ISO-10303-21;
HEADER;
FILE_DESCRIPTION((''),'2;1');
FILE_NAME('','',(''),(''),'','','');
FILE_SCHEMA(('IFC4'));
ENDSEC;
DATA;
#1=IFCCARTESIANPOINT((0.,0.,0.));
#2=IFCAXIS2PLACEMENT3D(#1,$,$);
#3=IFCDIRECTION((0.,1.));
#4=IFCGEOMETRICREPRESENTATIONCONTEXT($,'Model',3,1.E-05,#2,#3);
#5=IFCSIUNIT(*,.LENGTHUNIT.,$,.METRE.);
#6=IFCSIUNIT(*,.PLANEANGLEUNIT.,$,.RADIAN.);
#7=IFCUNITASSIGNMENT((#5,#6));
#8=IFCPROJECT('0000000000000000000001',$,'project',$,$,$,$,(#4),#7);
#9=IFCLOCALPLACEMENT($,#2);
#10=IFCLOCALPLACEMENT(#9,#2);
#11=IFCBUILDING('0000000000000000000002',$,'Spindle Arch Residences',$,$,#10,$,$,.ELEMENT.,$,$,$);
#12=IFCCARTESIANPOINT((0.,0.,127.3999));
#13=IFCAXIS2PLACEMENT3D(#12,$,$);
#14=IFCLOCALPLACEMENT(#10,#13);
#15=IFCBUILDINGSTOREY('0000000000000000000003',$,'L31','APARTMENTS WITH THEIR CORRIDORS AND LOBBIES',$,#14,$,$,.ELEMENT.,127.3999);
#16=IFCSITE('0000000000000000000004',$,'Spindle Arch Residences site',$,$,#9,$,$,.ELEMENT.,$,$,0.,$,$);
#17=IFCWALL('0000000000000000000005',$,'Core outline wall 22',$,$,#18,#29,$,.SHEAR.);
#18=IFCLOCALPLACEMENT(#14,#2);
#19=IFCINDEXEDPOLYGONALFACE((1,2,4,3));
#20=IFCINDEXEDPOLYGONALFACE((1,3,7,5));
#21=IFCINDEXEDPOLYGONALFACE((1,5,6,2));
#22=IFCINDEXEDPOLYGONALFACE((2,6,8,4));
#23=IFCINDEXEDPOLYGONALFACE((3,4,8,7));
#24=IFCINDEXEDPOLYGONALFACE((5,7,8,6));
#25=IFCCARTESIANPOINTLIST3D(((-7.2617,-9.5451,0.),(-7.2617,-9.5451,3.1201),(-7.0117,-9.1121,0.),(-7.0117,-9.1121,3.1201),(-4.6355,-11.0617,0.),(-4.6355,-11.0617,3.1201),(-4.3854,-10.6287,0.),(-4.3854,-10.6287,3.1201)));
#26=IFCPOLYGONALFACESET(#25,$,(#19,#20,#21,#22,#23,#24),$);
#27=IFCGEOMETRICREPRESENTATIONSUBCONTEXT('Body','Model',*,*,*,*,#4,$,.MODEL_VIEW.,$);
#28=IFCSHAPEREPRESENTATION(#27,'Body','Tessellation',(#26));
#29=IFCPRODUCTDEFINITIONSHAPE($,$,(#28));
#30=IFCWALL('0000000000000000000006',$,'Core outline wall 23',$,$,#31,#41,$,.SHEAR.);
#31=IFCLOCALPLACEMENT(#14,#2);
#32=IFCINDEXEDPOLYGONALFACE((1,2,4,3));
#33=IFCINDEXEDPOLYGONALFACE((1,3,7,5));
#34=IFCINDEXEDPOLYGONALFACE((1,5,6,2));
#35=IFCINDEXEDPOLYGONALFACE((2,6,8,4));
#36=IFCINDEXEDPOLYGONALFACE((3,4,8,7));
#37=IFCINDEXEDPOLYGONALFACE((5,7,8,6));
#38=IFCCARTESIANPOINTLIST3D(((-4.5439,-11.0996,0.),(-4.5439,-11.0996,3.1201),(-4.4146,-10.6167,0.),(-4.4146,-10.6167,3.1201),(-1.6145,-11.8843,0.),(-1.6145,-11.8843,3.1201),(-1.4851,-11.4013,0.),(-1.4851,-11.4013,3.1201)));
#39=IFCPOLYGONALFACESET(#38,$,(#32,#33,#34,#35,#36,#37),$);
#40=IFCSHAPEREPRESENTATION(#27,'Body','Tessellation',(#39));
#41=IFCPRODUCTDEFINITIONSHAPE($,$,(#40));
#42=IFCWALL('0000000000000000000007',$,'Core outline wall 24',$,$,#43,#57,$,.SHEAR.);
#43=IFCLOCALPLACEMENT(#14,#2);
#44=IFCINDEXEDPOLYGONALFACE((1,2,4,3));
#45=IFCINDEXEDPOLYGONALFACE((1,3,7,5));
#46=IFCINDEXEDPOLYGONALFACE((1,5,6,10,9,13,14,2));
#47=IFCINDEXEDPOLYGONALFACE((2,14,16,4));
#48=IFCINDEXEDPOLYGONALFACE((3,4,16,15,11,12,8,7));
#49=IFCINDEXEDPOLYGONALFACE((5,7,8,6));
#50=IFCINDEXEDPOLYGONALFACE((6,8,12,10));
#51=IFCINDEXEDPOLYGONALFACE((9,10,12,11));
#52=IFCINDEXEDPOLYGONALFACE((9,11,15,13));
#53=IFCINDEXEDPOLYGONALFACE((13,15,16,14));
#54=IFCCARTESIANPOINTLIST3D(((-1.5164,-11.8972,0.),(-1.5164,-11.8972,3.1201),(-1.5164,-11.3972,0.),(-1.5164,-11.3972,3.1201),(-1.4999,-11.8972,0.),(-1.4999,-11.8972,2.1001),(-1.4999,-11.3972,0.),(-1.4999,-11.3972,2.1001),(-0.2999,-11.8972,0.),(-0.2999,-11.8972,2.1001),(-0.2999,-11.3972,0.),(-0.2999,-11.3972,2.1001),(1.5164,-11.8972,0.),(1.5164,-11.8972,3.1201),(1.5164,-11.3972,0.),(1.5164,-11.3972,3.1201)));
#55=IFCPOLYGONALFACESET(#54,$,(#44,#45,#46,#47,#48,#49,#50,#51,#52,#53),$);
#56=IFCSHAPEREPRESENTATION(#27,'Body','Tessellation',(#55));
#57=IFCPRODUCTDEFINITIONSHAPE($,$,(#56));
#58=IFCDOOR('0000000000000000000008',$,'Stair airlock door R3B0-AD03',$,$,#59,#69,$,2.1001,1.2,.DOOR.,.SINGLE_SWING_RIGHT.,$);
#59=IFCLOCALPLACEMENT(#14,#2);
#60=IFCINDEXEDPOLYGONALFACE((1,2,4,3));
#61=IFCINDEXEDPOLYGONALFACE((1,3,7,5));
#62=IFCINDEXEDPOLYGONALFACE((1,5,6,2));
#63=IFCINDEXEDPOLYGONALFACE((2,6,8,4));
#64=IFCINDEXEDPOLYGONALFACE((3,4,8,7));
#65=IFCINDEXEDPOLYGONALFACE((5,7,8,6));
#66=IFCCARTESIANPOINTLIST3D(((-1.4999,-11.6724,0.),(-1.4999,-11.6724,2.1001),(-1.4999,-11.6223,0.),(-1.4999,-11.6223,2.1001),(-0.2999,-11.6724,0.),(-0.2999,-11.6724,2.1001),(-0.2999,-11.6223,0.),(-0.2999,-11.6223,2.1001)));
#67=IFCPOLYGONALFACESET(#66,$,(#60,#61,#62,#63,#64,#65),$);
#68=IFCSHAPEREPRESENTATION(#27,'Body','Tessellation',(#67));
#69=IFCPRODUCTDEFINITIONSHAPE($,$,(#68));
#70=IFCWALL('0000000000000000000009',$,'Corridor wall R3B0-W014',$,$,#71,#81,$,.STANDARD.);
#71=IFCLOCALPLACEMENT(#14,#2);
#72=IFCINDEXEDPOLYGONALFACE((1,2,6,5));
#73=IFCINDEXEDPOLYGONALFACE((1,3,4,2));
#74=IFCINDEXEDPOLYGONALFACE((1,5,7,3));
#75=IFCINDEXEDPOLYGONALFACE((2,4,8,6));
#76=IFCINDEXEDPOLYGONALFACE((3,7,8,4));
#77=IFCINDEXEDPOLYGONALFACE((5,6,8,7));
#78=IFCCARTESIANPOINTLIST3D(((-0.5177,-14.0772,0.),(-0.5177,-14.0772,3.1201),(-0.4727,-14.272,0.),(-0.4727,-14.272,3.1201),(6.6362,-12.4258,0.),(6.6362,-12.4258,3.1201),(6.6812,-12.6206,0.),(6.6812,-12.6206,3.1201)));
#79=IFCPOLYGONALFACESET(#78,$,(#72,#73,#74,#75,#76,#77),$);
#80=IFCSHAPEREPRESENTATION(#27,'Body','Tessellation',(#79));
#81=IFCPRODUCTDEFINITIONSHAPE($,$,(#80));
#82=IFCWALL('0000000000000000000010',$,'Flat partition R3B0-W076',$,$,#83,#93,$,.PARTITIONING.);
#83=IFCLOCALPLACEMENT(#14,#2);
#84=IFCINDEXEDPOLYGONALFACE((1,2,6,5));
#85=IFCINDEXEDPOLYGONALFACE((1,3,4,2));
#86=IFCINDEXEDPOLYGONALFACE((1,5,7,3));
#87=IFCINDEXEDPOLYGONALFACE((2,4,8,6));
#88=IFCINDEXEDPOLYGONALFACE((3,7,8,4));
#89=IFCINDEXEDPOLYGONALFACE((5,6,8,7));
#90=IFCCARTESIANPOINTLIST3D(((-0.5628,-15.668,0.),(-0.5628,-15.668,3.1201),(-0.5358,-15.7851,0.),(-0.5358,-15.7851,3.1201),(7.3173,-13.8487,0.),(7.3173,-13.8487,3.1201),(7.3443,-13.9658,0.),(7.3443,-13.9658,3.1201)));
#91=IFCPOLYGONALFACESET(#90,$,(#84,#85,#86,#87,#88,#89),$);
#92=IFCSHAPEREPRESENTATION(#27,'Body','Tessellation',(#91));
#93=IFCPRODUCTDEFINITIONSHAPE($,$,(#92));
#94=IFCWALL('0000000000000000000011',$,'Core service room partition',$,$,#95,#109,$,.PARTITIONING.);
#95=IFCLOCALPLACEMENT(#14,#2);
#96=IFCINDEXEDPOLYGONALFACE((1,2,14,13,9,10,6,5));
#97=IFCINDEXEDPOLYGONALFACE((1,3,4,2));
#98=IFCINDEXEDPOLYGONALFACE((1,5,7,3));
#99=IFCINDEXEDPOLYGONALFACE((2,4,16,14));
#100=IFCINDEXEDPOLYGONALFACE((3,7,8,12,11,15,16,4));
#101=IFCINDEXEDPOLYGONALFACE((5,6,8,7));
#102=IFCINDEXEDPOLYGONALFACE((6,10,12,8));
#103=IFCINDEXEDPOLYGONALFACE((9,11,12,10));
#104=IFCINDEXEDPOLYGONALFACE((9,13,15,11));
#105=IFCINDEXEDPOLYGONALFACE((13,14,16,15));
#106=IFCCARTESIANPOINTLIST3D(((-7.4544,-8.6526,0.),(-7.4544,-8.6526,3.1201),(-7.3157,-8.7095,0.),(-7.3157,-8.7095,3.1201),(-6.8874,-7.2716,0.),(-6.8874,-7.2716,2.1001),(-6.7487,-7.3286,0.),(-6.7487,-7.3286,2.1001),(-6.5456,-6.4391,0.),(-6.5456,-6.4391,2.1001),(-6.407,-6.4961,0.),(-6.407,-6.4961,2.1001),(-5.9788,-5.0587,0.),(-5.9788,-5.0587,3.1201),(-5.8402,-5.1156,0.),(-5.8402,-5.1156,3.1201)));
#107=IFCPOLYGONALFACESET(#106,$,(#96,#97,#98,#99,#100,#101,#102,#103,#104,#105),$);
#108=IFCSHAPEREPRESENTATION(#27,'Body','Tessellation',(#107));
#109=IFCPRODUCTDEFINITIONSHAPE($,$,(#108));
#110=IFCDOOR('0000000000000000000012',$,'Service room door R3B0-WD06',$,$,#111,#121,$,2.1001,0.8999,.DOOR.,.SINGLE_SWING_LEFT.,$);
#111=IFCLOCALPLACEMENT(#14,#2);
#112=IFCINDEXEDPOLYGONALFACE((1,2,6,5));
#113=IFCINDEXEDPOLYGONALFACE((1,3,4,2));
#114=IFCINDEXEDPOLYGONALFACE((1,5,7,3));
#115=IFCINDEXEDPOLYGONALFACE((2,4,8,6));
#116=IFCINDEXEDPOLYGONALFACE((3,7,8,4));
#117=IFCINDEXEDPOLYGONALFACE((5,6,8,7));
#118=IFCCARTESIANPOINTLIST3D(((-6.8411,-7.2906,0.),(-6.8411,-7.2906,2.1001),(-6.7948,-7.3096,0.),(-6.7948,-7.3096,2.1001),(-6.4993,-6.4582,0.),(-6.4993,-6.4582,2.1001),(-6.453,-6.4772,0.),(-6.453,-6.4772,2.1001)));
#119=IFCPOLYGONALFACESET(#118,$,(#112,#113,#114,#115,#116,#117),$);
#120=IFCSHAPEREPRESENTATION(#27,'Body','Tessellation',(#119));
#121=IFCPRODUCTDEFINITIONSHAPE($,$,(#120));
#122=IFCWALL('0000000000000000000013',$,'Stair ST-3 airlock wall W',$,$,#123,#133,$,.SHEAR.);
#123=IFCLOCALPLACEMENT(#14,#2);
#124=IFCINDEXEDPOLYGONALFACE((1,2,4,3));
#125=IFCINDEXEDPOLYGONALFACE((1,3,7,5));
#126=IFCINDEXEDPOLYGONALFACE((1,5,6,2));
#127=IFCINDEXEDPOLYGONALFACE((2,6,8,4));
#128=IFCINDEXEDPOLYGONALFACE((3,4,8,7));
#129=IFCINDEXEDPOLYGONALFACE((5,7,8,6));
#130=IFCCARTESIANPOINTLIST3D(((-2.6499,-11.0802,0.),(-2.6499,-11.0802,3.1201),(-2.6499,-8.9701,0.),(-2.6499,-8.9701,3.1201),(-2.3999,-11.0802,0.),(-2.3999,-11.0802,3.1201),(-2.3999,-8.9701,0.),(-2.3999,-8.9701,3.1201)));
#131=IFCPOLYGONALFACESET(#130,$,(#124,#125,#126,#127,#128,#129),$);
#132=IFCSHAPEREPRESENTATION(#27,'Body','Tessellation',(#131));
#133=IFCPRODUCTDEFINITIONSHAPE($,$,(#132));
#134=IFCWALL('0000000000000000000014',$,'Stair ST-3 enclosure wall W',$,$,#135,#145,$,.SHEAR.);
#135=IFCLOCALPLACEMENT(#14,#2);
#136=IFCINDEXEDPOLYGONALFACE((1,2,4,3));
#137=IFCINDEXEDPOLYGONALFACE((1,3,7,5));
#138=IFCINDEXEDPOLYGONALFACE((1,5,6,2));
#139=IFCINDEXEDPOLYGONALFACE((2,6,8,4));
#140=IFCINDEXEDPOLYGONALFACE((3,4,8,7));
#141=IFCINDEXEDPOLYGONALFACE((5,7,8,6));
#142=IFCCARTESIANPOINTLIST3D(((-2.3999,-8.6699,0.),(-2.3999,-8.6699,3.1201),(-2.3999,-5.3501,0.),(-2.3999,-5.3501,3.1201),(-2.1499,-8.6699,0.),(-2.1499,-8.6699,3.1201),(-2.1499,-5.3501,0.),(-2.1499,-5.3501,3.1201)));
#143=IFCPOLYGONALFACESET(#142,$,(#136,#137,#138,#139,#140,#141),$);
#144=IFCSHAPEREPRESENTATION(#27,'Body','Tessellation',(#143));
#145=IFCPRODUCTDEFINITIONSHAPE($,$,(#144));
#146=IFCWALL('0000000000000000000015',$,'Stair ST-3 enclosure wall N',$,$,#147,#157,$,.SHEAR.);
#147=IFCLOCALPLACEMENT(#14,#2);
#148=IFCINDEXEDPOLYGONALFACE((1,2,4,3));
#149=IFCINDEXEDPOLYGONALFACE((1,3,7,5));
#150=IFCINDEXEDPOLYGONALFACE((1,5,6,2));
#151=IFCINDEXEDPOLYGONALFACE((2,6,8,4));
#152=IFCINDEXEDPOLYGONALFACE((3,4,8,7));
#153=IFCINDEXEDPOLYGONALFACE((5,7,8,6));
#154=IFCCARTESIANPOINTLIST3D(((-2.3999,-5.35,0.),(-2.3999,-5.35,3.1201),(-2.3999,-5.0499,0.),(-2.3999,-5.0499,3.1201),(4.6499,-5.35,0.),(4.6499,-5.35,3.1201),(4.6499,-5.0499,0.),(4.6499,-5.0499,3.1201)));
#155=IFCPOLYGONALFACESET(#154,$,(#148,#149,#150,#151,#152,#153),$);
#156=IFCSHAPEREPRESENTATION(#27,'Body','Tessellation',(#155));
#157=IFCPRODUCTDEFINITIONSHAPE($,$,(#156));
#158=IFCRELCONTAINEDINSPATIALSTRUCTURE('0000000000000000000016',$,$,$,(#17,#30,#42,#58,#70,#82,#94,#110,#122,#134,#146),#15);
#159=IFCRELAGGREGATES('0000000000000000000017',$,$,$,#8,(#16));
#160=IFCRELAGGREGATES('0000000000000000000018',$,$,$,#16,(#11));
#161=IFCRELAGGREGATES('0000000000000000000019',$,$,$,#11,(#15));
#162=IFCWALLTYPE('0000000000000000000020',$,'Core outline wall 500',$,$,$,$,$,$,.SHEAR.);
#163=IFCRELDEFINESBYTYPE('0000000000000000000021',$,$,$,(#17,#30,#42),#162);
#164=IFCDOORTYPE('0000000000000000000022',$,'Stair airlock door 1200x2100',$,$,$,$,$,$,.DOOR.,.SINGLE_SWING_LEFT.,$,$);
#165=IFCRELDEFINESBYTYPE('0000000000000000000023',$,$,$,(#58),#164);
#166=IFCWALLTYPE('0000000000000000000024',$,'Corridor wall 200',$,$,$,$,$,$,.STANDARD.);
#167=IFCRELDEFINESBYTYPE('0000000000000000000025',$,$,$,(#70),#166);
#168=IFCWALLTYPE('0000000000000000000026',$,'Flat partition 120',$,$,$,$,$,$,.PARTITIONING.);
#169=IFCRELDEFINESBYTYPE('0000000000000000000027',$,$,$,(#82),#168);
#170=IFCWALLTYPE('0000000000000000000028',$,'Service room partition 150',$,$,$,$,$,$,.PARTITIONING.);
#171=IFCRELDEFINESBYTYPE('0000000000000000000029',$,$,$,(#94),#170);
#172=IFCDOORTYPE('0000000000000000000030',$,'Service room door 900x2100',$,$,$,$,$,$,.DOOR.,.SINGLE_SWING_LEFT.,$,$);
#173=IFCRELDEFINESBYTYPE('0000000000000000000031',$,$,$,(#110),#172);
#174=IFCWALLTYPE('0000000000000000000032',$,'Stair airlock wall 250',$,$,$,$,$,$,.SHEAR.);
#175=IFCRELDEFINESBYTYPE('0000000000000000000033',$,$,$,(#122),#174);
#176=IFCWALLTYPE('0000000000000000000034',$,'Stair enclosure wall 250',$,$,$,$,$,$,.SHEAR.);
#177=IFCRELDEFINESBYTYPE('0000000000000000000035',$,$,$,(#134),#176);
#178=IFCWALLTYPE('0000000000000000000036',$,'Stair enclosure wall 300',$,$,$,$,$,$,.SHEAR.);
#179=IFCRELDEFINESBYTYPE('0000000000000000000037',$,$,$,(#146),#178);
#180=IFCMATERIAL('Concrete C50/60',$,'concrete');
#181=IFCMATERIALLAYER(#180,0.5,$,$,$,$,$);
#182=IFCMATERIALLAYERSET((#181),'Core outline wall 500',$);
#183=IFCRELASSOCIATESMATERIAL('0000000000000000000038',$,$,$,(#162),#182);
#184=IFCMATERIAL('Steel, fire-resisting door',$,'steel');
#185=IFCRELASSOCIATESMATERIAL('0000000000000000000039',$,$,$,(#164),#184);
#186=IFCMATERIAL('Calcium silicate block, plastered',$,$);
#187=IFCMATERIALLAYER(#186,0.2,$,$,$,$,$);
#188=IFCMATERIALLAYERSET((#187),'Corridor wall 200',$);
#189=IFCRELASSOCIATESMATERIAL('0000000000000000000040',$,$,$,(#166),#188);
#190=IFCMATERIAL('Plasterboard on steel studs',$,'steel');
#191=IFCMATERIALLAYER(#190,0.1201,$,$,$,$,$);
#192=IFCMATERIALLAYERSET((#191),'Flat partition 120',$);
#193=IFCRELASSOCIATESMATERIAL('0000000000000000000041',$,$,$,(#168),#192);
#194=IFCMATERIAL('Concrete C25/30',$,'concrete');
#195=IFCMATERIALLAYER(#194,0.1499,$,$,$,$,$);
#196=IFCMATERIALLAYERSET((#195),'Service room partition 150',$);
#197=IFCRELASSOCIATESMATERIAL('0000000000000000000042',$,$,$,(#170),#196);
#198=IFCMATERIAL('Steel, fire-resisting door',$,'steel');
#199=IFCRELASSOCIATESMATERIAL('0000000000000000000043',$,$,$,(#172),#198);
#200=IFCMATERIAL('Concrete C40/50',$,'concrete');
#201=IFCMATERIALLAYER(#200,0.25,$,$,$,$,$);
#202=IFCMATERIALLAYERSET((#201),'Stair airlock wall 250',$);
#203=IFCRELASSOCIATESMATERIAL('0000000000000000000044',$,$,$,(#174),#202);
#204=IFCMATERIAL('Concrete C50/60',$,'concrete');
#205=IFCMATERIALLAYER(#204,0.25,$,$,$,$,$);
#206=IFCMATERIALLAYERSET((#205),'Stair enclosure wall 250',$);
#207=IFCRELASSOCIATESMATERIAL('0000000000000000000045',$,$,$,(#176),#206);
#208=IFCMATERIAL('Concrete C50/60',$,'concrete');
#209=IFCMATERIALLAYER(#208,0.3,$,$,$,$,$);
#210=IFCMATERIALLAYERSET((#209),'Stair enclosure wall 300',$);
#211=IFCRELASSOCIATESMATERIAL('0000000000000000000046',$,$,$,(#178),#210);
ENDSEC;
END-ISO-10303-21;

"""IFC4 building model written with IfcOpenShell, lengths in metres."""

from ifc_helpers import new_model, si_unit, direction, frame, frame_2d, origin, place, context, subcontext, project, spatial, rectangle, extrude, material, layer, layer_set, type_object, element, fill, save


model = new_model("IFC4")

# Units and contexts
model_context = context("Model", 3, precision=1e-05, world=origin(), true_north=direction((0.0, 1.0)))
body_context = subcontext(model_context, "Body", "Model", "MODEL_VIEW")
ifc_project = project(units=[si_unit("LENGTHUNIT", "METRE"), si_unit("PLANEANGLEUNIT", "RADIAN")], contexts=[model_context])

# Site, building, storey
site_placement = place(None, origin())
site = spatial("IfcSite", under=ifc_project, at=site_placement, Name="Spindle Arch Residences site", CompositionType="ELEMENT", RefElevation=0.0)
building_placement = place(site_placement, origin())
building = spatial("IfcBuilding", under=site, at=building_placement, Name="Spindle Arch Residences", CompositionType="ELEMENT")
storey_placement = place(building_placement, frame((0.0, 0.0, 127.3999)))
storey = spatial("IfcBuildingStorey", under=building, at=storey_placement, Name="L31", Description="APARTMENTS WITH THEIR CORRIDORS AND LOBBIES", CompositionType="ELEMENT", Elevation=127.3999)

# Walls
ifc_material_1 = material(Name="Concrete C50/60", Category="concrete")
ifc_layer_1 = layer(ifc_material_1, 0.5)
ifc_layer_set_1 = layer_set([ifc_layer_1], Name="Core outline wall 500")
wall_type_1 = type_object("IfcWallType", Name="Core outline wall 500", PredefinedType="SHEAR", material=ifc_layer_set_1)
for number, where, z_axis, x_axis, name in (
    (1, (-7.1367, -9.3286, 0.0), (0.0, 0.0, 1.0), (0.865975, -0.500087, 0.0), "Core outline wall 22"),
    (2, (-4.4792, -10.8582, 0.0), (0.0, 0.0, 1.0), (0.965948, -0.258735, 0.0), "Core outline wall 23"),
):
    element("IfcWall", number, at=place(storey_placement, frame(where, z_axis=z_axis, x_axis=x_axis)), inside=storey, type_object=wall_type_1, Name=name, PredefinedType="SHEAR", context=body_context, shape_type="SweptSolid", body=[
        extrude(rectangle(XDim=3.0327, YDim=0.5, at=frame_2d((1.5164, 0.0))), origin(), (0.0, 0.0, 1.0), 3.1201),
    ])

# Wall, opening, door
wall_1_placement = place(storey_placement, frame((-1.5164, -11.6472, 0.0), z_axis=(0.0, 0.0, 1.0), x_axis=(1.0, 0.0, 0.0)))
wall_1 = element("IfcWall", 3, at=wall_1_placement, inside=storey, type_object=wall_type_1, Name="Core outline wall 24", PredefinedType="SHEAR", context=body_context, shape_type="SweptSolid", body=[
    extrude(rectangle(XDim=3.0327, YDim=0.5, at=frame_2d((1.5164, 0.0))), origin(), (0.0, 0.0, 1.0), 3.1201),
])
opening_1_placement = place(wall_1_placement, frame((0.0164, 0.0, 0.0)))
opening_1 = element("IfcOpeningElement", 4, at=opening_1_placement, cuts=wall_1, PredefinedType="OPENING", context=body_context, shape_type="SweptSolid", body=[
    extrude(rectangle(XDim=1.2, YDim=2.1001, at=frame_2d((0.6001, 1.05))), frame((0.0, 0.26, 0.0), z_axis=(0.0, -1.0, 0.0), x_axis=(1.0, 0.0, 0.0)), (0.0, 0.0, 1.0), 0.52),
])
ifc_material_2 = material(Name="Steel, fire-resisting door", Category="steel")
door_type_1 = type_object("IfcDoorType", Name="Stair airlock door 1200x2100", OperationType="SINGLE_SWING_LEFT", PredefinedType="DOOR", material=ifc_material_2)
door_1_placement = place(opening_1_placement, origin())
door_1 = element("IfcDoor", 5, at=door_1_placement, inside=storey, type_object=door_type_1, Name="Stair airlock door R3B0-AD03", OperationType="SINGLE_SWING_RIGHT", OverallHeight=2.1001, OverallWidth=1.2, PredefinedType="DOOR", context=body_context, shape_type="SweptSolid", body=[
    extrude(rectangle(XDim=1.2, YDim=2.1001, at=frame_2d((0.6001, 1.05))), frame((0.0, 0.0249, 0.0), z_axis=(0.0, -1.0, 0.0), x_axis=(1.0, 0.0, 0.0)), (0.0, 0.0, 1.0), 0.05),
])
fill(opening_1, door_1)

# Walls
ifc_material_3 = material(Name="Calcium silicate block, plastered")
ifc_layer_2 = layer(ifc_material_3, 0.2)
ifc_layer_set_2 = layer_set([ifc_layer_2], Name="Corridor wall 200")
wall_type_2 = type_object("IfcWallType", Name="Corridor wall 200", PredefinedType="STANDARD", material=ifc_layer_set_2)
wall_2_placement = place(storey_placement, frame((-0.4951, -14.1746, 0.0), z_axis=(0.0, 0.0, 1.0), x_axis=(0.974377, 0.224923, 0.0)))
element("IfcWall", 6, at=wall_2_placement, inside=storey, type_object=wall_type_2, Name="Corridor wall R3B0-W014", PredefinedType="STANDARD", context=body_context, shape_type="SweptSolid", body=[
    extrude(rectangle(XDim=7.342, YDim=0.2, at=frame_2d((3.6709, 0.0))), origin(), (0.0, 0.0, 1.0), 3.1201),
])
ifc_material_4 = material(Name="Plasterboard on steel studs", Category="steel")
ifc_layer_3 = layer(ifc_material_4, 0.1201)
ifc_layer_set_3 = layer_set([ifc_layer_3], Name="Flat partition 120")
wall_type_3 = type_object("IfcWallType", Name="Flat partition 120", PredefinedType="PARTITIONING", material=ifc_layer_set_3)
wall_3_placement = place(storey_placement, frame((-0.5493, -15.7266, 0.0), z_axis=(0.0, 0.0, 1.0), x_axis=(0.974368, 0.224959, 0.0)))
element("IfcWall", 7, at=wall_3_placement, inside=storey, type_object=wall_type_3, Name="Flat partition R3B0-W076", PredefinedType="PARTITIONING", context=body_context, shape_type="SweptSolid", body=[
    extrude(rectangle(XDim=8.0874, YDim=0.1201, at=frame_2d((4.0437, 0.0))), origin(), (0.0, 0.0, 1.0), 3.1201),
])

# Wall, opening, door
ifc_material_5 = material(Name="Concrete C25/30", Category="concrete")
ifc_layer_4 = layer(ifc_material_5, 0.1499)
ifc_layer_set_4 = layer_set([ifc_layer_4], Name="Service room partition 150")
wall_type_4 = type_object("IfcWallType", Name="Service room partition 150", PredefinedType="PARTITIONING", material=ifc_layer_set_4)
wall_4_placement = place(storey_placement, frame((-7.385, -8.6809, 0.0), z_axis=(0.0, 0.0, 1.0), x_axis=(0.379805, 0.925067, 0.0)))
wall_4 = element("IfcWall", 8, at=wall_4_placement, inside=storey, type_object=wall_type_4, Name="Core service room partition", PredefinedType="PARTITIONING", context=body_context, shape_type="SweptSolid", body=[
    extrude(rectangle(XDim=3.885, YDim=0.1499, at=frame_2d((1.9424, 0.0))), origin(), (0.0, 0.0, 1.0), 3.1201),
])
opening_2_placement = place(wall_4_placement, frame((1.4927, 0.0, 0.0)))
opening_2 = element("IfcOpeningElement", 9, at=opening_2_placement, cuts=wall_4, PredefinedType="OPENING", context=body_context, shape_type="SweptSolid", body=[
    extrude(rectangle(XDim=0.8999, YDim=2.1001, at=frame_2d((0.45, 1.05))), frame((0.0, 0.085, 0.0), z_axis=(0.0, -1.0, 0.0), x_axis=(1.0, 0.0, 0.0)), (0.0, 0.0, 1.0), 0.1699),
])
ifc_material_6 = material(Name="Steel, fire-resisting door", Category="steel")
door_type_2 = type_object("IfcDoorType", Name="Service room door 900x2100", OperationType="SINGLE_SWING_LEFT", PredefinedType="DOOR", material=ifc_material_6)
door_2_placement = place(opening_2_placement, origin())
door_2 = element("IfcDoor", 10, at=door_2_placement, inside=storey, type_object=door_type_2, Name="Service room door R3B0-WD06", OperationType="SINGLE_SWING_LEFT", OverallHeight=2.1001, OverallWidth=0.8999, PredefinedType="DOOR", context=body_context, shape_type="SweptSolid", body=[
    extrude(rectangle(XDim=0.8999, YDim=2.1001, at=frame_2d((0.45, 1.05))), frame((0.0, 0.0249, 0.0), z_axis=(0.0, -1.0, 0.0), x_axis=(1.0, 0.0, 0.0)), (0.0, 0.0, 1.0), 0.05),
])
fill(opening_2, door_2)

# Walls
ifc_material_7 = material(Name="Concrete C40/50", Category="concrete")
ifc_layer_5 = layer(ifc_material_7, 0.25)
ifc_layer_set_5 = layer_set([ifc_layer_5], Name="Stair airlock wall 250")
wall_type_5 = type_object("IfcWallType", Name="Stair airlock wall 250", PredefinedType="SHEAR", material=ifc_layer_set_5)
wall_5_placement = place(storey_placement, frame((-2.5249, -8.97, 0.0), z_axis=(0.0, 0.0, 1.0), x_axis=(0.0, -1.0, 0.0)))
element("IfcWall", 11, at=wall_5_placement, inside=storey, type_object=wall_type_5, Name="Stair ST-3 airlock wall W", PredefinedType="SHEAR", context=body_context, shape_type="SweptSolid", body=[
    extrude(rectangle(XDim=2.1101, YDim=0.25, at=frame_2d((1.0552, 0.0))), origin(), (0.0, 0.0, 1.0), 3.1201),
])
ifc_material_8 = material(Name="Concrete C50/60", Category="concrete")
ifc_layer_6 = layer(ifc_material_8, 0.25)
ifc_layer_set_6 = layer_set([ifc_layer_6], Name="Stair enclosure wall 250")
wall_type_6 = type_object("IfcWallType", Name="Stair enclosure wall 250", PredefinedType="SHEAR", material=ifc_layer_set_6)
wall_6_placement = place(storey_placement, frame((-2.2749, -8.6699, 0.0), z_axis=(0.0, 0.0, 1.0), x_axis=(0.0, 1.0, 0.0)))
element("IfcWall", 12, at=wall_6_placement, inside=storey, type_object=wall_type_6, Name="Stair ST-3 enclosure wall W", PredefinedType="SHEAR", context=body_context, shape_type="SweptSolid", body=[
    extrude(rectangle(XDim=3.3198, YDim=0.25, at=frame_2d((1.6599, 0.0))), origin(), (0.0, 0.0, 1.0), 3.1201),
])
ifc_material_9 = material(Name="Concrete C50/60", Category="concrete")
ifc_layer_7 = layer(ifc_material_9, 0.3)
ifc_layer_set_7 = layer_set([ifc_layer_7], Name="Stair enclosure wall 300")
wall_type_7 = type_object("IfcWallType", Name="Stair enclosure wall 300", PredefinedType="SHEAR", material=ifc_layer_set_7)
wall_7_placement = place(storey_placement, frame((-2.3999, -5.2, 0.0), z_axis=(0.0, 0.0, 1.0), x_axis=(1.0, 0.0, 0.0)))
element("IfcWall", 13, at=wall_7_placement, inside=storey, type_object=wall_type_7, Name="Stair ST-3 enclosure wall N", PredefinedType="SHEAR", context=body_context, shape_type="SweptSolid", body=[
    extrude(rectangle(XDim=7.0498, YDim=0.3, at=frame_2d((3.5249, 0.0))), origin(), (0.0, 0.0, 1.0), 3.1201),
])

save(model, "model.ifc")
